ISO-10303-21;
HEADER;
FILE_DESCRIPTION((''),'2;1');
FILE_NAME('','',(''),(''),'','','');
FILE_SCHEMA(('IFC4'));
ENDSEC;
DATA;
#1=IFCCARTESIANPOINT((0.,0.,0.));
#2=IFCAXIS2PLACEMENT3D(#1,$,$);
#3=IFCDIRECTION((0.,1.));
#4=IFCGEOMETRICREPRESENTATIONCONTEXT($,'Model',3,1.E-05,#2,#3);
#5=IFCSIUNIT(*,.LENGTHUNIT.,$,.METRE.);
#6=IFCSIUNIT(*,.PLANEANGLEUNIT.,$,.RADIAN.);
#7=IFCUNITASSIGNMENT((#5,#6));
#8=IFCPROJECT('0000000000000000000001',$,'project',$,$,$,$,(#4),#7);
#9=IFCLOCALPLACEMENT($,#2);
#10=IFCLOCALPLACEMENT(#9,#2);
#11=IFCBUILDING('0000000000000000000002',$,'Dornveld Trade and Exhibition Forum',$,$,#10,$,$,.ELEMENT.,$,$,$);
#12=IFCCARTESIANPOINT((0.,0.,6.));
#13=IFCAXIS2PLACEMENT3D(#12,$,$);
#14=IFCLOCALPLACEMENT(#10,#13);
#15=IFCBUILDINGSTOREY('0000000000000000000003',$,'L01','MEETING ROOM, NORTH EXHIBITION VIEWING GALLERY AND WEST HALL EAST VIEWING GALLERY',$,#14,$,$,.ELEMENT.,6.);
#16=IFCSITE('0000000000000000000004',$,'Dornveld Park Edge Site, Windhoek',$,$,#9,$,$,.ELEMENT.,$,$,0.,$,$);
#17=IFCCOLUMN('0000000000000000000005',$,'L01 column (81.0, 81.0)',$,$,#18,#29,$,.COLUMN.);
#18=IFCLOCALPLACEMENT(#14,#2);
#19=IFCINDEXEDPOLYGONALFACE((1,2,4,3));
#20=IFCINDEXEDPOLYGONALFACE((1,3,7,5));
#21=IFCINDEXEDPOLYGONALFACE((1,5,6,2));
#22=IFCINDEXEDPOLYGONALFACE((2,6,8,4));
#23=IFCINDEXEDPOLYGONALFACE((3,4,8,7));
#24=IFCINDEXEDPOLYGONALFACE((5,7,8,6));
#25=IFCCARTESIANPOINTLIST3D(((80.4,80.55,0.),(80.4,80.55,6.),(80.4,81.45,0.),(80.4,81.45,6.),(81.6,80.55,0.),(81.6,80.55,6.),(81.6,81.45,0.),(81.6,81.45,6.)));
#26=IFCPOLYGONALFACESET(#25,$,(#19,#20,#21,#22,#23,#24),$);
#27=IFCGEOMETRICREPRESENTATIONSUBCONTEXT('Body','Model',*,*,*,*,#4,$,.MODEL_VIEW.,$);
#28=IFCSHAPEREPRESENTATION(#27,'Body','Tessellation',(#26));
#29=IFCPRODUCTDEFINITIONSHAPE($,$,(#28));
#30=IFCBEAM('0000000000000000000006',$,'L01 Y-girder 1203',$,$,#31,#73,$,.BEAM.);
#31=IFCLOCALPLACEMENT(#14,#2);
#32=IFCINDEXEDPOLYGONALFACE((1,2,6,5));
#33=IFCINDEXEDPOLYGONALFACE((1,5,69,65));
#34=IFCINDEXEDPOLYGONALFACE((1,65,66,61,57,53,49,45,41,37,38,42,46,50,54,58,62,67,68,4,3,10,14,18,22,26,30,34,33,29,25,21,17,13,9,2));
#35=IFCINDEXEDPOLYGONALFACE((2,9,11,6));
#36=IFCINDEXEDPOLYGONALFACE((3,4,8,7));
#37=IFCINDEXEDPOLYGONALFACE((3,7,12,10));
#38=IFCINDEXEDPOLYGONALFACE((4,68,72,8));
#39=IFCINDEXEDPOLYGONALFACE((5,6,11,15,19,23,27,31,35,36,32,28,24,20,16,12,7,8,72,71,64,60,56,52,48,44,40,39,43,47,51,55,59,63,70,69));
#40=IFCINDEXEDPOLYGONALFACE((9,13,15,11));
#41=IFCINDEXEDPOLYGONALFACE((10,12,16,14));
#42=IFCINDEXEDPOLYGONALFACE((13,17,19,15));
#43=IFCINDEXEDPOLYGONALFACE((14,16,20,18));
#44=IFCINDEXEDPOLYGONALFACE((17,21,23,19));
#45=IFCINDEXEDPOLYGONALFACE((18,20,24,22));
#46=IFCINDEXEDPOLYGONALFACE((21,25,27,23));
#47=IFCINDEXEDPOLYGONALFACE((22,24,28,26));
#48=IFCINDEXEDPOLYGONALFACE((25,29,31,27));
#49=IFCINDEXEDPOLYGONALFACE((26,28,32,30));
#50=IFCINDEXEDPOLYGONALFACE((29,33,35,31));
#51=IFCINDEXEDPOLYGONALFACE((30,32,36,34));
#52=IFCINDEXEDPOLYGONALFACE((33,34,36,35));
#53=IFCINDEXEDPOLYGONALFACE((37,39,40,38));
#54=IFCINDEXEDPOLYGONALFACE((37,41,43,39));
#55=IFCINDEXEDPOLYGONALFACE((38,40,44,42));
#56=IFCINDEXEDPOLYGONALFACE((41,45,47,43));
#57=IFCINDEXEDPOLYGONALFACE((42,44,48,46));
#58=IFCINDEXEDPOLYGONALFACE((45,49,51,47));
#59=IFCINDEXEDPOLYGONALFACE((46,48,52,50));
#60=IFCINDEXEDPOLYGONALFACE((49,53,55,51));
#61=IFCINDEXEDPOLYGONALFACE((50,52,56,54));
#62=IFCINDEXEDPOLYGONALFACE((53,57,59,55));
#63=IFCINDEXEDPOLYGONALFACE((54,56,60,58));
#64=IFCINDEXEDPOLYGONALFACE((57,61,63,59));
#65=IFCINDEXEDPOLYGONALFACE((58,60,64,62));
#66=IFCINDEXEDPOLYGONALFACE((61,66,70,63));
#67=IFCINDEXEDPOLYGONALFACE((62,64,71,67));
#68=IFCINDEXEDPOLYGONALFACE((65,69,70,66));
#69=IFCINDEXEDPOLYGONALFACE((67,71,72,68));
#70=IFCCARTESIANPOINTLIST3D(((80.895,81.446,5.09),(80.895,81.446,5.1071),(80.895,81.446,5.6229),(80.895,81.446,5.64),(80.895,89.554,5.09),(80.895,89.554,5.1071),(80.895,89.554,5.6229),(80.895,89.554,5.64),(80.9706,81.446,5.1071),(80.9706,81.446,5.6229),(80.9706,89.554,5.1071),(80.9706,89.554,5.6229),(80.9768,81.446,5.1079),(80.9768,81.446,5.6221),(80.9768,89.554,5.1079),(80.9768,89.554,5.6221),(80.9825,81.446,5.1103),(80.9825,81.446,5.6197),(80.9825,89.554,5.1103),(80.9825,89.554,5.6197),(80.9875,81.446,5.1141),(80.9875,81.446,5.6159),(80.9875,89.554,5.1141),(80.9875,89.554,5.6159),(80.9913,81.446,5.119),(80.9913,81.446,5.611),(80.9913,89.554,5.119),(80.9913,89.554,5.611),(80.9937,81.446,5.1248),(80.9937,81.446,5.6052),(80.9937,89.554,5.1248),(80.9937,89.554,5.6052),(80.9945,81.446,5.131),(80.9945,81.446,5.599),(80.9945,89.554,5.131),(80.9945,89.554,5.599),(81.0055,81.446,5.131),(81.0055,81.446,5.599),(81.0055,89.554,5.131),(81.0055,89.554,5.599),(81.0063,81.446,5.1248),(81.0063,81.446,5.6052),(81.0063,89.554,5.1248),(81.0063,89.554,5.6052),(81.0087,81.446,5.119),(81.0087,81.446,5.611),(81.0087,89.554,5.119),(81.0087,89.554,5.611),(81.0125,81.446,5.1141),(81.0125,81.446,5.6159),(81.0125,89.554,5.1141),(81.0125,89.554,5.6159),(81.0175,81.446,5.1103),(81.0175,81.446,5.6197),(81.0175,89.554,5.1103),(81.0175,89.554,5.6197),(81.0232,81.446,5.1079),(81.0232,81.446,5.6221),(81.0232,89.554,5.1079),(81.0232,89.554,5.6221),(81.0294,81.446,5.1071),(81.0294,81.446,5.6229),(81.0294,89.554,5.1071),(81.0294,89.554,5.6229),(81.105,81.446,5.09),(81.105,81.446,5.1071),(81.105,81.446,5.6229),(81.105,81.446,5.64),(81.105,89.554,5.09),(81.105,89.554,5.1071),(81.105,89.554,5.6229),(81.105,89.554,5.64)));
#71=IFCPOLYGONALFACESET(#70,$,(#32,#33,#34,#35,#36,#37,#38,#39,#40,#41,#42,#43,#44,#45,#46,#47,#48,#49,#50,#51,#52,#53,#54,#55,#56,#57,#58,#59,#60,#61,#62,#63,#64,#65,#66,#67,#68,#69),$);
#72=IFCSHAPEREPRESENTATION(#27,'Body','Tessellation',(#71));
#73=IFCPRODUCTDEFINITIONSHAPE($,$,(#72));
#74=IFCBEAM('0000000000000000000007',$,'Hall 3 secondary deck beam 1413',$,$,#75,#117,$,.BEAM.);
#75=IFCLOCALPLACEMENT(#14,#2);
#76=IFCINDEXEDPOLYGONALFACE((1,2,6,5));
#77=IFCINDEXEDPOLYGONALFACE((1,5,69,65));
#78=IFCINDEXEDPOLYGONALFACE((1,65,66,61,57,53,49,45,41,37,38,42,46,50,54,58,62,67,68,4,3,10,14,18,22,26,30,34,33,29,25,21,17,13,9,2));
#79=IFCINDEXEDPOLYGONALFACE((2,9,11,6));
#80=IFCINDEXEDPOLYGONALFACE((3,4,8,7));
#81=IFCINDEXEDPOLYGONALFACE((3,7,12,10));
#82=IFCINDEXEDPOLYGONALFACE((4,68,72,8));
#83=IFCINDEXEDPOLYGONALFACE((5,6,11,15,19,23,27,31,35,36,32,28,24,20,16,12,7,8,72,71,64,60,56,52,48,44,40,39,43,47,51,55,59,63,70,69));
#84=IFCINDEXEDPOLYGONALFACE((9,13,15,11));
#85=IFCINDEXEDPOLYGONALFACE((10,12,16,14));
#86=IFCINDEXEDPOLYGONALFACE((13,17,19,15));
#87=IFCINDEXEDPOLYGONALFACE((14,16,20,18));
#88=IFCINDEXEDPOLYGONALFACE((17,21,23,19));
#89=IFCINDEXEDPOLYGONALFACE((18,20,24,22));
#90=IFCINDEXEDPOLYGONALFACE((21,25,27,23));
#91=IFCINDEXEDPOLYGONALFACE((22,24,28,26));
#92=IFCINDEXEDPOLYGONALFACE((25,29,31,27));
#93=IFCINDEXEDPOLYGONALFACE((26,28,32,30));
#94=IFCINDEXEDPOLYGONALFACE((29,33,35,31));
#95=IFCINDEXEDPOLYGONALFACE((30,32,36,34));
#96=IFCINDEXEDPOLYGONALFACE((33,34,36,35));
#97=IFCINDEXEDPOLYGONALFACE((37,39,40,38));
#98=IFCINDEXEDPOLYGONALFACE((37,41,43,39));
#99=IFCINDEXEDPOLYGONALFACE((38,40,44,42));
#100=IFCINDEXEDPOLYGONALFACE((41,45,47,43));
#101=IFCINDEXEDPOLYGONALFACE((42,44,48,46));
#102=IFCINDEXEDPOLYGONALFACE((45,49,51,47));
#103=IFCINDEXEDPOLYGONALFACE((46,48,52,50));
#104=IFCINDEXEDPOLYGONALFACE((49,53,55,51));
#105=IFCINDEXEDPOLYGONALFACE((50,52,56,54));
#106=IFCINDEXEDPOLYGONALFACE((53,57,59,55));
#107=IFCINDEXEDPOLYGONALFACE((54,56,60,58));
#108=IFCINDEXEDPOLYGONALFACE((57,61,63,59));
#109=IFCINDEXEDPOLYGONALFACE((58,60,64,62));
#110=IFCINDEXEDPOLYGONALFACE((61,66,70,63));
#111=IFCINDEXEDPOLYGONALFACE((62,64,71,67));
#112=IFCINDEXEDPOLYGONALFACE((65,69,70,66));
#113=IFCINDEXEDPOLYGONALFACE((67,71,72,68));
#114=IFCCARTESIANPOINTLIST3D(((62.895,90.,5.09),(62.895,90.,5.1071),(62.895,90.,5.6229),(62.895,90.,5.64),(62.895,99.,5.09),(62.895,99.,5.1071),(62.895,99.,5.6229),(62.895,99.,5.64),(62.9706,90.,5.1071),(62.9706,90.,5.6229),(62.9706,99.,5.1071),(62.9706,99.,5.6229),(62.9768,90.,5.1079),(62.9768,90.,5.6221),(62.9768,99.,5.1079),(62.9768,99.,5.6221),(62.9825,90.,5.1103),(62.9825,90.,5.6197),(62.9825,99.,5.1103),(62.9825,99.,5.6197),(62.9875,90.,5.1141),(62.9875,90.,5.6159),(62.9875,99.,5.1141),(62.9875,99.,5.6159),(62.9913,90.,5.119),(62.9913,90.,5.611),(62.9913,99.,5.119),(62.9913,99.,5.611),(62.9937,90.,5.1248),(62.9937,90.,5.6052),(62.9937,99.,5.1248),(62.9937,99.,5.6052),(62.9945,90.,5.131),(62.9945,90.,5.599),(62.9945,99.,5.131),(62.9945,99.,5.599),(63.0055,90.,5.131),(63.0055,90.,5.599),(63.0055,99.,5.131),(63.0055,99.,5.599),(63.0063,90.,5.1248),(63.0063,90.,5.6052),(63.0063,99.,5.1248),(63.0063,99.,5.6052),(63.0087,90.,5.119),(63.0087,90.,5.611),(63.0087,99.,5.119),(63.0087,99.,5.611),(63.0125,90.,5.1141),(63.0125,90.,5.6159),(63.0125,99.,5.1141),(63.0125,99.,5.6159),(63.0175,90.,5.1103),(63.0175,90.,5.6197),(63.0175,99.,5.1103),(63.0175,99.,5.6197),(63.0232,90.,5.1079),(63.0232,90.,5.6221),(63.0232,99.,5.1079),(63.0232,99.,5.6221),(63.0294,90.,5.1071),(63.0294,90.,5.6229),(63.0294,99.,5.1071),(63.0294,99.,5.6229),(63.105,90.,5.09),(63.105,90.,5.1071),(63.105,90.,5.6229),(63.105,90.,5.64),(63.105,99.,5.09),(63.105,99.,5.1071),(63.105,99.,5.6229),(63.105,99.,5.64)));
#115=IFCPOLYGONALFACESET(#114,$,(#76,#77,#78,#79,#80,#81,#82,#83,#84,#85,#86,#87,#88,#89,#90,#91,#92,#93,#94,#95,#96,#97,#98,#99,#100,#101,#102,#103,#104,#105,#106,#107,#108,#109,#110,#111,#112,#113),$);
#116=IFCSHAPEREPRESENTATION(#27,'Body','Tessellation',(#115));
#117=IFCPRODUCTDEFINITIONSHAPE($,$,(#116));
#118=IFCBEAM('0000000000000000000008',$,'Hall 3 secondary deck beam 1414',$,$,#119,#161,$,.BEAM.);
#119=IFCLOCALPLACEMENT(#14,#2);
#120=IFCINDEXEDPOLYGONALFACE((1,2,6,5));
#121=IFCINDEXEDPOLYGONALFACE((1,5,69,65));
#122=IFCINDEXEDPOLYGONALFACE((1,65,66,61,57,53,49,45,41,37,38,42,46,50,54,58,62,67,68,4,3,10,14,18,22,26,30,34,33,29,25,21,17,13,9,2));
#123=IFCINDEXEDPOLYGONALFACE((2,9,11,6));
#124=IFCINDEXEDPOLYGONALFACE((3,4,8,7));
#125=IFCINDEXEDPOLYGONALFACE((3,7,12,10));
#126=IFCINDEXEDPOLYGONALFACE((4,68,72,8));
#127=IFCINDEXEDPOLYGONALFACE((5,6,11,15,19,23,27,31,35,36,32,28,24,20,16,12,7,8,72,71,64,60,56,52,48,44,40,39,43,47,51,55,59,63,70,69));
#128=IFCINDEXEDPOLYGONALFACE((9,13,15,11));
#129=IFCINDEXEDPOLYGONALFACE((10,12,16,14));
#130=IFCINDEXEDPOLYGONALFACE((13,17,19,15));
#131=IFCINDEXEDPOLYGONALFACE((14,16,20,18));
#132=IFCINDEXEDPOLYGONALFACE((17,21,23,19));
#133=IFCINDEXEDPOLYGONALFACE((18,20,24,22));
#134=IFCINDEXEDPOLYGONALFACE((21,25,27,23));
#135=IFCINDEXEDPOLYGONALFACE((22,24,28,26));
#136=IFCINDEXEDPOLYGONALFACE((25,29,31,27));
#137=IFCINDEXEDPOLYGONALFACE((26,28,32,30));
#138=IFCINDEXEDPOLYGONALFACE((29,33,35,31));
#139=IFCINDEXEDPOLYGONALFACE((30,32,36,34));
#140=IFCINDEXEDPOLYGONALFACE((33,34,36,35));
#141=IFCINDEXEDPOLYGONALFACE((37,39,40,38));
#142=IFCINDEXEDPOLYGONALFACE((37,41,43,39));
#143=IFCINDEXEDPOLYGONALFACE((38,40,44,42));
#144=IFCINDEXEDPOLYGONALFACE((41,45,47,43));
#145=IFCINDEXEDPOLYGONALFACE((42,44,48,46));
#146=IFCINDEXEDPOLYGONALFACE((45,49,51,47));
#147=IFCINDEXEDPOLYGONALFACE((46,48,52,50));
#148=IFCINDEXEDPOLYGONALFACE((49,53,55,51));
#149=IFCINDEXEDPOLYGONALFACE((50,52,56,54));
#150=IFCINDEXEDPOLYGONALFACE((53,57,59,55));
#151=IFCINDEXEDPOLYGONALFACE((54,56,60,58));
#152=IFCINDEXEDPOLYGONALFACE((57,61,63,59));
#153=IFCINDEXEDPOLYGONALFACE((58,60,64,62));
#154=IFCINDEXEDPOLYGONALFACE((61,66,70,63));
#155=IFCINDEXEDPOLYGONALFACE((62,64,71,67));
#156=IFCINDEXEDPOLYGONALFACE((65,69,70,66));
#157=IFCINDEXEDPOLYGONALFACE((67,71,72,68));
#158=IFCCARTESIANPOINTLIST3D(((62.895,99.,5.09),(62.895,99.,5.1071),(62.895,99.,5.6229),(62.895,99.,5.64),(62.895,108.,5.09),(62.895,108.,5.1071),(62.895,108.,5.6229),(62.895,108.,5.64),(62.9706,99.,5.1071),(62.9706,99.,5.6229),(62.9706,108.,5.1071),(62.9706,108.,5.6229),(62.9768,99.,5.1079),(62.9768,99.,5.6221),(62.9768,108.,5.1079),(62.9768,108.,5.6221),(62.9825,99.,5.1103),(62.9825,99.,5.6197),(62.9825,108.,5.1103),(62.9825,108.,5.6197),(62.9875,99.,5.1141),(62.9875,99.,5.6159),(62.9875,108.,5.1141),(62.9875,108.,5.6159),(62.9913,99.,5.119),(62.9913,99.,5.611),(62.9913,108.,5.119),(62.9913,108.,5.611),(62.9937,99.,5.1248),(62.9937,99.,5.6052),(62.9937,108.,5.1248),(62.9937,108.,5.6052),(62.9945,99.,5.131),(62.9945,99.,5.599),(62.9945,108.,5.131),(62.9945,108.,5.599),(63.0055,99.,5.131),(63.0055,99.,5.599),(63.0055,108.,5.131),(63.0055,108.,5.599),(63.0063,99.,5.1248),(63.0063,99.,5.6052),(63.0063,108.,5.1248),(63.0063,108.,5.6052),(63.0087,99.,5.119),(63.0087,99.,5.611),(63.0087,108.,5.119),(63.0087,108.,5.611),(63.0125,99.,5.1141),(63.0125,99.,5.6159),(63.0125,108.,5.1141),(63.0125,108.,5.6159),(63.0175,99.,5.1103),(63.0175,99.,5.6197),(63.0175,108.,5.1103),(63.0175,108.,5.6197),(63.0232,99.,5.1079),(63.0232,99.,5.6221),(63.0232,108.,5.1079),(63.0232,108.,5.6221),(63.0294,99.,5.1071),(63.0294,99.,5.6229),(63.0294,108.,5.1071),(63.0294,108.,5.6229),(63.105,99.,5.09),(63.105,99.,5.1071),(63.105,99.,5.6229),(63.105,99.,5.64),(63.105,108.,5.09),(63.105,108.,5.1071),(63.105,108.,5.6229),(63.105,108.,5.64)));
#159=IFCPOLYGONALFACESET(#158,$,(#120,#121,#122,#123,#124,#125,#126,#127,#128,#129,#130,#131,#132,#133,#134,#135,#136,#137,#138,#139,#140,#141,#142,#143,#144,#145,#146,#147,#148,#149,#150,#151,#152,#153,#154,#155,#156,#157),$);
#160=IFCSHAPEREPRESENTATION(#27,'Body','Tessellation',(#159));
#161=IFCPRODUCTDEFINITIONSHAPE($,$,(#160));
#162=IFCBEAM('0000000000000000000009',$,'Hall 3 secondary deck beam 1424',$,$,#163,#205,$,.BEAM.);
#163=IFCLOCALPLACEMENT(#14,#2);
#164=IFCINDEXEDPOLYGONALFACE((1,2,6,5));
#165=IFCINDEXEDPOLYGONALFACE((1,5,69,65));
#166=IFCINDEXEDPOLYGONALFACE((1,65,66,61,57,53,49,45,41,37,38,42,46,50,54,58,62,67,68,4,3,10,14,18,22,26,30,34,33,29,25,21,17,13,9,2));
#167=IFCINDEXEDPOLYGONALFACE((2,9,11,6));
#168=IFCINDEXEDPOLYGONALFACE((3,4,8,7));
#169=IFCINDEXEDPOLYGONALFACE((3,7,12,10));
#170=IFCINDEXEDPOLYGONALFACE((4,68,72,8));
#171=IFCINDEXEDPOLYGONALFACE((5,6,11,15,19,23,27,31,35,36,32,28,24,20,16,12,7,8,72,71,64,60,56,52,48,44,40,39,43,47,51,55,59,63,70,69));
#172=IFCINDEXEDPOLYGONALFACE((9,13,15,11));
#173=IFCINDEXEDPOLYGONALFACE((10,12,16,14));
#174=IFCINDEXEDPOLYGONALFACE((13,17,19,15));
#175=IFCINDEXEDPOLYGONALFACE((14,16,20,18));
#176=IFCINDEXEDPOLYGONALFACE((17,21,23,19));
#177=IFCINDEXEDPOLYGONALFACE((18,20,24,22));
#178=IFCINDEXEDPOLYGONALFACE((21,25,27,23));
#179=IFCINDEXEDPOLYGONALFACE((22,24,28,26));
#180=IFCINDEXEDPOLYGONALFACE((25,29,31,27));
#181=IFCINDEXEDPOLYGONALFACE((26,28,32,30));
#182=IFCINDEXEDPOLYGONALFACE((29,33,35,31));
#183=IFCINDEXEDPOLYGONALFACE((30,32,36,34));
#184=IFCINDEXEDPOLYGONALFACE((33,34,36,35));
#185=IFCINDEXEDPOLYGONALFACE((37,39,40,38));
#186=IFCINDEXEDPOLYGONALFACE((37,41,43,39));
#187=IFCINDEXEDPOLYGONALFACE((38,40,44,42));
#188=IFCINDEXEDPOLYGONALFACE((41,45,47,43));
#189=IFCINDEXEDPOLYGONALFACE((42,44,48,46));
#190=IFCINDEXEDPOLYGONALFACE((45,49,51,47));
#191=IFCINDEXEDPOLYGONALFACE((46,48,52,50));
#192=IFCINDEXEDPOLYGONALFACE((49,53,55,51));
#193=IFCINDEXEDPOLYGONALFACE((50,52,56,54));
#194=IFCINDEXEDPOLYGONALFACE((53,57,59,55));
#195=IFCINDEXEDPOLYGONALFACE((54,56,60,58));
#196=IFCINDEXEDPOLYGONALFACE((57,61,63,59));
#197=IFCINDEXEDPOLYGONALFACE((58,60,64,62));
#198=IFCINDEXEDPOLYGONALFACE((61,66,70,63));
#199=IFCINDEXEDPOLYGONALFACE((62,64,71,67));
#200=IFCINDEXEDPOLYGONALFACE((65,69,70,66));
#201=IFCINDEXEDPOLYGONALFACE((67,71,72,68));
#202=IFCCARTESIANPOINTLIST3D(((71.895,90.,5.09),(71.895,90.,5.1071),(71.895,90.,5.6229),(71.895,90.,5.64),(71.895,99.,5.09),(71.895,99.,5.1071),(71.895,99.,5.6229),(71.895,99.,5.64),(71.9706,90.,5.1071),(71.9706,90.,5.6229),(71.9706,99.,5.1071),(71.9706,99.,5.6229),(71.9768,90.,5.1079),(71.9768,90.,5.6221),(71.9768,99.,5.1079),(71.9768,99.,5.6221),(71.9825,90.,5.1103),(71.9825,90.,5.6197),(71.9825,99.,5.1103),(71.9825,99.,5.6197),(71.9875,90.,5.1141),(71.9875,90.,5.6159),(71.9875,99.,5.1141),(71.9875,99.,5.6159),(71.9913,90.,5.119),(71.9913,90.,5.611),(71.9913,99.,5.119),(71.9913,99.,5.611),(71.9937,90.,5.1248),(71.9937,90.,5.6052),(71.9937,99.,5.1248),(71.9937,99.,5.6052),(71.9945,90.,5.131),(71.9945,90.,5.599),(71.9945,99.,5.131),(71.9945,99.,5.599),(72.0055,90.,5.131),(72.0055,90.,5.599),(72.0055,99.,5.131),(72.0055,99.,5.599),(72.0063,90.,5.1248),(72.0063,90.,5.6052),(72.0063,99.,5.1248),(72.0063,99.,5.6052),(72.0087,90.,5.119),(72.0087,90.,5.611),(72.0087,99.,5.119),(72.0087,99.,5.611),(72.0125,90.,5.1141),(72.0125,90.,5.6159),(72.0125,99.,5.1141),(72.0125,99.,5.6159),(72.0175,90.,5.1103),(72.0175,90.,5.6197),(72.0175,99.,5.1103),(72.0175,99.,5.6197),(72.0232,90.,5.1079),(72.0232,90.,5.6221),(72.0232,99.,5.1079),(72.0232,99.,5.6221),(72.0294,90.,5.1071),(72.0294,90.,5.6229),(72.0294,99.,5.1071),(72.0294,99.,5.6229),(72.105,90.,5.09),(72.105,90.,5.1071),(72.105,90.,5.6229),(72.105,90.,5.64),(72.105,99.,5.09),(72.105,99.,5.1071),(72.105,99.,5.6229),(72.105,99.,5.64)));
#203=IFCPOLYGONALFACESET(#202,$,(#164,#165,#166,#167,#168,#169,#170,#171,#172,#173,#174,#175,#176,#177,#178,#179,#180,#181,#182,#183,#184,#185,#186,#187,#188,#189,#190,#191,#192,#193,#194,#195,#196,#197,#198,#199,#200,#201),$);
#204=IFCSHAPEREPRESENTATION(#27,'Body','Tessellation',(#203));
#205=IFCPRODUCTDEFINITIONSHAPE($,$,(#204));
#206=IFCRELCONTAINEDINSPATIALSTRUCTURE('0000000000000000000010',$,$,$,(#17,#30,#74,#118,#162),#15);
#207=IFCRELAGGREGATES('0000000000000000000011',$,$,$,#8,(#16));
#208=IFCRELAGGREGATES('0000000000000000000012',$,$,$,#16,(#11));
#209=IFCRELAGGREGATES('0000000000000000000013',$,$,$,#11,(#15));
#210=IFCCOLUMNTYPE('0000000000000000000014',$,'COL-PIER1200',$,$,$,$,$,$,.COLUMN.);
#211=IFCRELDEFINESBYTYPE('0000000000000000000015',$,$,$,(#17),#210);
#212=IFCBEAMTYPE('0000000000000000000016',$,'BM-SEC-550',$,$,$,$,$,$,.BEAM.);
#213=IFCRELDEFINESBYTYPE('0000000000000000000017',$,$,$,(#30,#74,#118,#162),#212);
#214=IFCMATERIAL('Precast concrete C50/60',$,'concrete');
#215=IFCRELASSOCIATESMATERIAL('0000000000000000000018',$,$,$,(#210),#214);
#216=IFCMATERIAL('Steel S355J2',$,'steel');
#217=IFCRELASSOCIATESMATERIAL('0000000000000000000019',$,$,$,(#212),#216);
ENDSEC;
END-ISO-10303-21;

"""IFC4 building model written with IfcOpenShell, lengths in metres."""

from ifc_helpers import new_model, si_unit, direction, frame, origin, origin_2d, place, context, subcontext, project, spatial, rectangle, i_section, extrude, material, material_profile, profile_set, type_object, element, save


model = new_model("IFC4")

# Units and contexts
model_context = context("Model", 3, precision=1e-05, world=origin(), true_north=direction((0.0, 1.0)))
body_context = subcontext(model_context, "Body", "Model", "MODEL_VIEW")
ifc_project = project(units=[si_unit("LENGTHUNIT", "METRE"), si_unit("PLANEANGLEUNIT", "RADIAN")], contexts=[model_context])

# Site, building, storey
site_placement = place(None, origin())
site = spatial("IfcSite", under=ifc_project, at=site_placement, Name="Dornveld Park Edge Site, Windhoek", CompositionType="ELEMENT", RefElevation=0.0)
building_placement = place(site_placement, origin())
building = spatial("IfcBuilding", under=site, at=building_placement, Name="Dornveld Trade and Exhibition Forum", CompositionType="ELEMENT")
storey_placement = place(building_placement, frame((0.0, 0.0, 6.0)))
storey = spatial("IfcBuildingStorey", under=building, at=storey_placement, Name="L01", Description="MEETING ROOM, NORTH EXHIBITION VIEWING GALLERY AND WEST HALL EAST VIEWING GALLERY", CompositionType="ELEMENT", Elevation=6.0)

# Column
ifc_material_1 = material(Name="Precast concrete C50/60", Category="concrete")
ifc_material_profile_1 = material_profile(ifc_material_1, rectangle(XDim=1.2, YDim=0.8999, at=origin_2d()), Name="PC-PIER 1200x900")
ifc_profile_set_1 = profile_set([ifc_material_profile_1], Name="Precast concrete C50/60")
column_type = type_object("IfcColumnType", Name="COL-PIER1200", PredefinedType="COLUMN", material=ifc_profile_set_1)
column_placement = place(storey_placement, frame((81.0, 81.0, 0.0), z_axis=(0.0, 0.0, 1.0), x_axis=(1.0, 0.0, 0.0)))
element("IfcColumn", 1, at=column_placement, inside=storey, type_object=column_type, Name="L01 column (81.0, 81.0)", PredefinedType="COLUMN", context=body_context, shape_type="SweptSolid", body=[
    extrude(rectangle(XDim=1.2, YDim=0.8999, at=origin_2d()), origin(), (0.0, 0.0, 1.0), 6.0),
])

# Beams
ifc_material_2 = material(Name="Steel S355J2", Category="steel")
ifc_material_profile_2 = material_profile(ifc_material_2, i_section(OverallWidth=0.21, OverallDepth=0.55, WebThickness=0.011, FlangeThickness=0.0171, FilletRadius=0.0239, at=origin_2d()), Name="IPE 550")
ifc_profile_set_2 = profile_set([ifc_material_profile_2], Name="Steel S355J2")
beam_type_1 = type_object("IfcBeamType", Name="BM-SEC-550", PredefinedType="BEAM", material=ifc_profile_set_2)
beam_1_placement = place(storey_placement, frame((81.0, 81.446, 5.365), z_axis=(0.0, 1.0, 0.0), x_axis=(-1.0, 0.0, 0.0)))
element("IfcBeam", 2, at=beam_1_placement, inside=storey, type_object=beam_type_1, Name="L01 Y-girder 1203", PredefinedType="BEAM", context=body_context, shape_type="SweptSolid", body=[
    extrude(i_section(OverallWidth=0.21, OverallDepth=0.55, WebThickness=0.011, FlangeThickness=0.0171, FilletRadius=0.0239, at=origin_2d()), origin(), (0.0, 0.0, 1.0), 8.1079),
])
for number, where, z_axis, x_axis, name in (
    (3, (63.0, 90.0, 5.365), (0.0, 1.0, 0.0), (-1.0, 0.0, 0.0), "Hall 3 secondary deck beam 1413"),
    (4, (63.0, 99.0, 5.365), (0.0, 1.0, 0.0), (-1.0, 0.0, 0.0), "Hall 3 secondary deck beam 1414"),
    (5, (72.0, 90.0, 5.365), (0.0, 1.0, 0.0), (-1.0, 0.0, 0.0), "Hall 3 secondary deck beam 1424"),
):
    element("IfcBeam", number, at=place(storey_placement, frame(where, z_axis=z_axis, x_axis=x_axis)), inside=storey, type_object=beam_type_1, Name=name, PredefinedType="BEAM", context=body_context, shape_type="SweptSolid", body=[
        extrude(i_section(OverallWidth=0.21, OverallDepth=0.55, WebThickness=0.011, FlangeThickness=0.0171, FilletRadius=0.0239, at=origin_2d()), origin(), (0.0, 0.0, 1.0), 9.0),
    ])

save(model, "model.ifc")
